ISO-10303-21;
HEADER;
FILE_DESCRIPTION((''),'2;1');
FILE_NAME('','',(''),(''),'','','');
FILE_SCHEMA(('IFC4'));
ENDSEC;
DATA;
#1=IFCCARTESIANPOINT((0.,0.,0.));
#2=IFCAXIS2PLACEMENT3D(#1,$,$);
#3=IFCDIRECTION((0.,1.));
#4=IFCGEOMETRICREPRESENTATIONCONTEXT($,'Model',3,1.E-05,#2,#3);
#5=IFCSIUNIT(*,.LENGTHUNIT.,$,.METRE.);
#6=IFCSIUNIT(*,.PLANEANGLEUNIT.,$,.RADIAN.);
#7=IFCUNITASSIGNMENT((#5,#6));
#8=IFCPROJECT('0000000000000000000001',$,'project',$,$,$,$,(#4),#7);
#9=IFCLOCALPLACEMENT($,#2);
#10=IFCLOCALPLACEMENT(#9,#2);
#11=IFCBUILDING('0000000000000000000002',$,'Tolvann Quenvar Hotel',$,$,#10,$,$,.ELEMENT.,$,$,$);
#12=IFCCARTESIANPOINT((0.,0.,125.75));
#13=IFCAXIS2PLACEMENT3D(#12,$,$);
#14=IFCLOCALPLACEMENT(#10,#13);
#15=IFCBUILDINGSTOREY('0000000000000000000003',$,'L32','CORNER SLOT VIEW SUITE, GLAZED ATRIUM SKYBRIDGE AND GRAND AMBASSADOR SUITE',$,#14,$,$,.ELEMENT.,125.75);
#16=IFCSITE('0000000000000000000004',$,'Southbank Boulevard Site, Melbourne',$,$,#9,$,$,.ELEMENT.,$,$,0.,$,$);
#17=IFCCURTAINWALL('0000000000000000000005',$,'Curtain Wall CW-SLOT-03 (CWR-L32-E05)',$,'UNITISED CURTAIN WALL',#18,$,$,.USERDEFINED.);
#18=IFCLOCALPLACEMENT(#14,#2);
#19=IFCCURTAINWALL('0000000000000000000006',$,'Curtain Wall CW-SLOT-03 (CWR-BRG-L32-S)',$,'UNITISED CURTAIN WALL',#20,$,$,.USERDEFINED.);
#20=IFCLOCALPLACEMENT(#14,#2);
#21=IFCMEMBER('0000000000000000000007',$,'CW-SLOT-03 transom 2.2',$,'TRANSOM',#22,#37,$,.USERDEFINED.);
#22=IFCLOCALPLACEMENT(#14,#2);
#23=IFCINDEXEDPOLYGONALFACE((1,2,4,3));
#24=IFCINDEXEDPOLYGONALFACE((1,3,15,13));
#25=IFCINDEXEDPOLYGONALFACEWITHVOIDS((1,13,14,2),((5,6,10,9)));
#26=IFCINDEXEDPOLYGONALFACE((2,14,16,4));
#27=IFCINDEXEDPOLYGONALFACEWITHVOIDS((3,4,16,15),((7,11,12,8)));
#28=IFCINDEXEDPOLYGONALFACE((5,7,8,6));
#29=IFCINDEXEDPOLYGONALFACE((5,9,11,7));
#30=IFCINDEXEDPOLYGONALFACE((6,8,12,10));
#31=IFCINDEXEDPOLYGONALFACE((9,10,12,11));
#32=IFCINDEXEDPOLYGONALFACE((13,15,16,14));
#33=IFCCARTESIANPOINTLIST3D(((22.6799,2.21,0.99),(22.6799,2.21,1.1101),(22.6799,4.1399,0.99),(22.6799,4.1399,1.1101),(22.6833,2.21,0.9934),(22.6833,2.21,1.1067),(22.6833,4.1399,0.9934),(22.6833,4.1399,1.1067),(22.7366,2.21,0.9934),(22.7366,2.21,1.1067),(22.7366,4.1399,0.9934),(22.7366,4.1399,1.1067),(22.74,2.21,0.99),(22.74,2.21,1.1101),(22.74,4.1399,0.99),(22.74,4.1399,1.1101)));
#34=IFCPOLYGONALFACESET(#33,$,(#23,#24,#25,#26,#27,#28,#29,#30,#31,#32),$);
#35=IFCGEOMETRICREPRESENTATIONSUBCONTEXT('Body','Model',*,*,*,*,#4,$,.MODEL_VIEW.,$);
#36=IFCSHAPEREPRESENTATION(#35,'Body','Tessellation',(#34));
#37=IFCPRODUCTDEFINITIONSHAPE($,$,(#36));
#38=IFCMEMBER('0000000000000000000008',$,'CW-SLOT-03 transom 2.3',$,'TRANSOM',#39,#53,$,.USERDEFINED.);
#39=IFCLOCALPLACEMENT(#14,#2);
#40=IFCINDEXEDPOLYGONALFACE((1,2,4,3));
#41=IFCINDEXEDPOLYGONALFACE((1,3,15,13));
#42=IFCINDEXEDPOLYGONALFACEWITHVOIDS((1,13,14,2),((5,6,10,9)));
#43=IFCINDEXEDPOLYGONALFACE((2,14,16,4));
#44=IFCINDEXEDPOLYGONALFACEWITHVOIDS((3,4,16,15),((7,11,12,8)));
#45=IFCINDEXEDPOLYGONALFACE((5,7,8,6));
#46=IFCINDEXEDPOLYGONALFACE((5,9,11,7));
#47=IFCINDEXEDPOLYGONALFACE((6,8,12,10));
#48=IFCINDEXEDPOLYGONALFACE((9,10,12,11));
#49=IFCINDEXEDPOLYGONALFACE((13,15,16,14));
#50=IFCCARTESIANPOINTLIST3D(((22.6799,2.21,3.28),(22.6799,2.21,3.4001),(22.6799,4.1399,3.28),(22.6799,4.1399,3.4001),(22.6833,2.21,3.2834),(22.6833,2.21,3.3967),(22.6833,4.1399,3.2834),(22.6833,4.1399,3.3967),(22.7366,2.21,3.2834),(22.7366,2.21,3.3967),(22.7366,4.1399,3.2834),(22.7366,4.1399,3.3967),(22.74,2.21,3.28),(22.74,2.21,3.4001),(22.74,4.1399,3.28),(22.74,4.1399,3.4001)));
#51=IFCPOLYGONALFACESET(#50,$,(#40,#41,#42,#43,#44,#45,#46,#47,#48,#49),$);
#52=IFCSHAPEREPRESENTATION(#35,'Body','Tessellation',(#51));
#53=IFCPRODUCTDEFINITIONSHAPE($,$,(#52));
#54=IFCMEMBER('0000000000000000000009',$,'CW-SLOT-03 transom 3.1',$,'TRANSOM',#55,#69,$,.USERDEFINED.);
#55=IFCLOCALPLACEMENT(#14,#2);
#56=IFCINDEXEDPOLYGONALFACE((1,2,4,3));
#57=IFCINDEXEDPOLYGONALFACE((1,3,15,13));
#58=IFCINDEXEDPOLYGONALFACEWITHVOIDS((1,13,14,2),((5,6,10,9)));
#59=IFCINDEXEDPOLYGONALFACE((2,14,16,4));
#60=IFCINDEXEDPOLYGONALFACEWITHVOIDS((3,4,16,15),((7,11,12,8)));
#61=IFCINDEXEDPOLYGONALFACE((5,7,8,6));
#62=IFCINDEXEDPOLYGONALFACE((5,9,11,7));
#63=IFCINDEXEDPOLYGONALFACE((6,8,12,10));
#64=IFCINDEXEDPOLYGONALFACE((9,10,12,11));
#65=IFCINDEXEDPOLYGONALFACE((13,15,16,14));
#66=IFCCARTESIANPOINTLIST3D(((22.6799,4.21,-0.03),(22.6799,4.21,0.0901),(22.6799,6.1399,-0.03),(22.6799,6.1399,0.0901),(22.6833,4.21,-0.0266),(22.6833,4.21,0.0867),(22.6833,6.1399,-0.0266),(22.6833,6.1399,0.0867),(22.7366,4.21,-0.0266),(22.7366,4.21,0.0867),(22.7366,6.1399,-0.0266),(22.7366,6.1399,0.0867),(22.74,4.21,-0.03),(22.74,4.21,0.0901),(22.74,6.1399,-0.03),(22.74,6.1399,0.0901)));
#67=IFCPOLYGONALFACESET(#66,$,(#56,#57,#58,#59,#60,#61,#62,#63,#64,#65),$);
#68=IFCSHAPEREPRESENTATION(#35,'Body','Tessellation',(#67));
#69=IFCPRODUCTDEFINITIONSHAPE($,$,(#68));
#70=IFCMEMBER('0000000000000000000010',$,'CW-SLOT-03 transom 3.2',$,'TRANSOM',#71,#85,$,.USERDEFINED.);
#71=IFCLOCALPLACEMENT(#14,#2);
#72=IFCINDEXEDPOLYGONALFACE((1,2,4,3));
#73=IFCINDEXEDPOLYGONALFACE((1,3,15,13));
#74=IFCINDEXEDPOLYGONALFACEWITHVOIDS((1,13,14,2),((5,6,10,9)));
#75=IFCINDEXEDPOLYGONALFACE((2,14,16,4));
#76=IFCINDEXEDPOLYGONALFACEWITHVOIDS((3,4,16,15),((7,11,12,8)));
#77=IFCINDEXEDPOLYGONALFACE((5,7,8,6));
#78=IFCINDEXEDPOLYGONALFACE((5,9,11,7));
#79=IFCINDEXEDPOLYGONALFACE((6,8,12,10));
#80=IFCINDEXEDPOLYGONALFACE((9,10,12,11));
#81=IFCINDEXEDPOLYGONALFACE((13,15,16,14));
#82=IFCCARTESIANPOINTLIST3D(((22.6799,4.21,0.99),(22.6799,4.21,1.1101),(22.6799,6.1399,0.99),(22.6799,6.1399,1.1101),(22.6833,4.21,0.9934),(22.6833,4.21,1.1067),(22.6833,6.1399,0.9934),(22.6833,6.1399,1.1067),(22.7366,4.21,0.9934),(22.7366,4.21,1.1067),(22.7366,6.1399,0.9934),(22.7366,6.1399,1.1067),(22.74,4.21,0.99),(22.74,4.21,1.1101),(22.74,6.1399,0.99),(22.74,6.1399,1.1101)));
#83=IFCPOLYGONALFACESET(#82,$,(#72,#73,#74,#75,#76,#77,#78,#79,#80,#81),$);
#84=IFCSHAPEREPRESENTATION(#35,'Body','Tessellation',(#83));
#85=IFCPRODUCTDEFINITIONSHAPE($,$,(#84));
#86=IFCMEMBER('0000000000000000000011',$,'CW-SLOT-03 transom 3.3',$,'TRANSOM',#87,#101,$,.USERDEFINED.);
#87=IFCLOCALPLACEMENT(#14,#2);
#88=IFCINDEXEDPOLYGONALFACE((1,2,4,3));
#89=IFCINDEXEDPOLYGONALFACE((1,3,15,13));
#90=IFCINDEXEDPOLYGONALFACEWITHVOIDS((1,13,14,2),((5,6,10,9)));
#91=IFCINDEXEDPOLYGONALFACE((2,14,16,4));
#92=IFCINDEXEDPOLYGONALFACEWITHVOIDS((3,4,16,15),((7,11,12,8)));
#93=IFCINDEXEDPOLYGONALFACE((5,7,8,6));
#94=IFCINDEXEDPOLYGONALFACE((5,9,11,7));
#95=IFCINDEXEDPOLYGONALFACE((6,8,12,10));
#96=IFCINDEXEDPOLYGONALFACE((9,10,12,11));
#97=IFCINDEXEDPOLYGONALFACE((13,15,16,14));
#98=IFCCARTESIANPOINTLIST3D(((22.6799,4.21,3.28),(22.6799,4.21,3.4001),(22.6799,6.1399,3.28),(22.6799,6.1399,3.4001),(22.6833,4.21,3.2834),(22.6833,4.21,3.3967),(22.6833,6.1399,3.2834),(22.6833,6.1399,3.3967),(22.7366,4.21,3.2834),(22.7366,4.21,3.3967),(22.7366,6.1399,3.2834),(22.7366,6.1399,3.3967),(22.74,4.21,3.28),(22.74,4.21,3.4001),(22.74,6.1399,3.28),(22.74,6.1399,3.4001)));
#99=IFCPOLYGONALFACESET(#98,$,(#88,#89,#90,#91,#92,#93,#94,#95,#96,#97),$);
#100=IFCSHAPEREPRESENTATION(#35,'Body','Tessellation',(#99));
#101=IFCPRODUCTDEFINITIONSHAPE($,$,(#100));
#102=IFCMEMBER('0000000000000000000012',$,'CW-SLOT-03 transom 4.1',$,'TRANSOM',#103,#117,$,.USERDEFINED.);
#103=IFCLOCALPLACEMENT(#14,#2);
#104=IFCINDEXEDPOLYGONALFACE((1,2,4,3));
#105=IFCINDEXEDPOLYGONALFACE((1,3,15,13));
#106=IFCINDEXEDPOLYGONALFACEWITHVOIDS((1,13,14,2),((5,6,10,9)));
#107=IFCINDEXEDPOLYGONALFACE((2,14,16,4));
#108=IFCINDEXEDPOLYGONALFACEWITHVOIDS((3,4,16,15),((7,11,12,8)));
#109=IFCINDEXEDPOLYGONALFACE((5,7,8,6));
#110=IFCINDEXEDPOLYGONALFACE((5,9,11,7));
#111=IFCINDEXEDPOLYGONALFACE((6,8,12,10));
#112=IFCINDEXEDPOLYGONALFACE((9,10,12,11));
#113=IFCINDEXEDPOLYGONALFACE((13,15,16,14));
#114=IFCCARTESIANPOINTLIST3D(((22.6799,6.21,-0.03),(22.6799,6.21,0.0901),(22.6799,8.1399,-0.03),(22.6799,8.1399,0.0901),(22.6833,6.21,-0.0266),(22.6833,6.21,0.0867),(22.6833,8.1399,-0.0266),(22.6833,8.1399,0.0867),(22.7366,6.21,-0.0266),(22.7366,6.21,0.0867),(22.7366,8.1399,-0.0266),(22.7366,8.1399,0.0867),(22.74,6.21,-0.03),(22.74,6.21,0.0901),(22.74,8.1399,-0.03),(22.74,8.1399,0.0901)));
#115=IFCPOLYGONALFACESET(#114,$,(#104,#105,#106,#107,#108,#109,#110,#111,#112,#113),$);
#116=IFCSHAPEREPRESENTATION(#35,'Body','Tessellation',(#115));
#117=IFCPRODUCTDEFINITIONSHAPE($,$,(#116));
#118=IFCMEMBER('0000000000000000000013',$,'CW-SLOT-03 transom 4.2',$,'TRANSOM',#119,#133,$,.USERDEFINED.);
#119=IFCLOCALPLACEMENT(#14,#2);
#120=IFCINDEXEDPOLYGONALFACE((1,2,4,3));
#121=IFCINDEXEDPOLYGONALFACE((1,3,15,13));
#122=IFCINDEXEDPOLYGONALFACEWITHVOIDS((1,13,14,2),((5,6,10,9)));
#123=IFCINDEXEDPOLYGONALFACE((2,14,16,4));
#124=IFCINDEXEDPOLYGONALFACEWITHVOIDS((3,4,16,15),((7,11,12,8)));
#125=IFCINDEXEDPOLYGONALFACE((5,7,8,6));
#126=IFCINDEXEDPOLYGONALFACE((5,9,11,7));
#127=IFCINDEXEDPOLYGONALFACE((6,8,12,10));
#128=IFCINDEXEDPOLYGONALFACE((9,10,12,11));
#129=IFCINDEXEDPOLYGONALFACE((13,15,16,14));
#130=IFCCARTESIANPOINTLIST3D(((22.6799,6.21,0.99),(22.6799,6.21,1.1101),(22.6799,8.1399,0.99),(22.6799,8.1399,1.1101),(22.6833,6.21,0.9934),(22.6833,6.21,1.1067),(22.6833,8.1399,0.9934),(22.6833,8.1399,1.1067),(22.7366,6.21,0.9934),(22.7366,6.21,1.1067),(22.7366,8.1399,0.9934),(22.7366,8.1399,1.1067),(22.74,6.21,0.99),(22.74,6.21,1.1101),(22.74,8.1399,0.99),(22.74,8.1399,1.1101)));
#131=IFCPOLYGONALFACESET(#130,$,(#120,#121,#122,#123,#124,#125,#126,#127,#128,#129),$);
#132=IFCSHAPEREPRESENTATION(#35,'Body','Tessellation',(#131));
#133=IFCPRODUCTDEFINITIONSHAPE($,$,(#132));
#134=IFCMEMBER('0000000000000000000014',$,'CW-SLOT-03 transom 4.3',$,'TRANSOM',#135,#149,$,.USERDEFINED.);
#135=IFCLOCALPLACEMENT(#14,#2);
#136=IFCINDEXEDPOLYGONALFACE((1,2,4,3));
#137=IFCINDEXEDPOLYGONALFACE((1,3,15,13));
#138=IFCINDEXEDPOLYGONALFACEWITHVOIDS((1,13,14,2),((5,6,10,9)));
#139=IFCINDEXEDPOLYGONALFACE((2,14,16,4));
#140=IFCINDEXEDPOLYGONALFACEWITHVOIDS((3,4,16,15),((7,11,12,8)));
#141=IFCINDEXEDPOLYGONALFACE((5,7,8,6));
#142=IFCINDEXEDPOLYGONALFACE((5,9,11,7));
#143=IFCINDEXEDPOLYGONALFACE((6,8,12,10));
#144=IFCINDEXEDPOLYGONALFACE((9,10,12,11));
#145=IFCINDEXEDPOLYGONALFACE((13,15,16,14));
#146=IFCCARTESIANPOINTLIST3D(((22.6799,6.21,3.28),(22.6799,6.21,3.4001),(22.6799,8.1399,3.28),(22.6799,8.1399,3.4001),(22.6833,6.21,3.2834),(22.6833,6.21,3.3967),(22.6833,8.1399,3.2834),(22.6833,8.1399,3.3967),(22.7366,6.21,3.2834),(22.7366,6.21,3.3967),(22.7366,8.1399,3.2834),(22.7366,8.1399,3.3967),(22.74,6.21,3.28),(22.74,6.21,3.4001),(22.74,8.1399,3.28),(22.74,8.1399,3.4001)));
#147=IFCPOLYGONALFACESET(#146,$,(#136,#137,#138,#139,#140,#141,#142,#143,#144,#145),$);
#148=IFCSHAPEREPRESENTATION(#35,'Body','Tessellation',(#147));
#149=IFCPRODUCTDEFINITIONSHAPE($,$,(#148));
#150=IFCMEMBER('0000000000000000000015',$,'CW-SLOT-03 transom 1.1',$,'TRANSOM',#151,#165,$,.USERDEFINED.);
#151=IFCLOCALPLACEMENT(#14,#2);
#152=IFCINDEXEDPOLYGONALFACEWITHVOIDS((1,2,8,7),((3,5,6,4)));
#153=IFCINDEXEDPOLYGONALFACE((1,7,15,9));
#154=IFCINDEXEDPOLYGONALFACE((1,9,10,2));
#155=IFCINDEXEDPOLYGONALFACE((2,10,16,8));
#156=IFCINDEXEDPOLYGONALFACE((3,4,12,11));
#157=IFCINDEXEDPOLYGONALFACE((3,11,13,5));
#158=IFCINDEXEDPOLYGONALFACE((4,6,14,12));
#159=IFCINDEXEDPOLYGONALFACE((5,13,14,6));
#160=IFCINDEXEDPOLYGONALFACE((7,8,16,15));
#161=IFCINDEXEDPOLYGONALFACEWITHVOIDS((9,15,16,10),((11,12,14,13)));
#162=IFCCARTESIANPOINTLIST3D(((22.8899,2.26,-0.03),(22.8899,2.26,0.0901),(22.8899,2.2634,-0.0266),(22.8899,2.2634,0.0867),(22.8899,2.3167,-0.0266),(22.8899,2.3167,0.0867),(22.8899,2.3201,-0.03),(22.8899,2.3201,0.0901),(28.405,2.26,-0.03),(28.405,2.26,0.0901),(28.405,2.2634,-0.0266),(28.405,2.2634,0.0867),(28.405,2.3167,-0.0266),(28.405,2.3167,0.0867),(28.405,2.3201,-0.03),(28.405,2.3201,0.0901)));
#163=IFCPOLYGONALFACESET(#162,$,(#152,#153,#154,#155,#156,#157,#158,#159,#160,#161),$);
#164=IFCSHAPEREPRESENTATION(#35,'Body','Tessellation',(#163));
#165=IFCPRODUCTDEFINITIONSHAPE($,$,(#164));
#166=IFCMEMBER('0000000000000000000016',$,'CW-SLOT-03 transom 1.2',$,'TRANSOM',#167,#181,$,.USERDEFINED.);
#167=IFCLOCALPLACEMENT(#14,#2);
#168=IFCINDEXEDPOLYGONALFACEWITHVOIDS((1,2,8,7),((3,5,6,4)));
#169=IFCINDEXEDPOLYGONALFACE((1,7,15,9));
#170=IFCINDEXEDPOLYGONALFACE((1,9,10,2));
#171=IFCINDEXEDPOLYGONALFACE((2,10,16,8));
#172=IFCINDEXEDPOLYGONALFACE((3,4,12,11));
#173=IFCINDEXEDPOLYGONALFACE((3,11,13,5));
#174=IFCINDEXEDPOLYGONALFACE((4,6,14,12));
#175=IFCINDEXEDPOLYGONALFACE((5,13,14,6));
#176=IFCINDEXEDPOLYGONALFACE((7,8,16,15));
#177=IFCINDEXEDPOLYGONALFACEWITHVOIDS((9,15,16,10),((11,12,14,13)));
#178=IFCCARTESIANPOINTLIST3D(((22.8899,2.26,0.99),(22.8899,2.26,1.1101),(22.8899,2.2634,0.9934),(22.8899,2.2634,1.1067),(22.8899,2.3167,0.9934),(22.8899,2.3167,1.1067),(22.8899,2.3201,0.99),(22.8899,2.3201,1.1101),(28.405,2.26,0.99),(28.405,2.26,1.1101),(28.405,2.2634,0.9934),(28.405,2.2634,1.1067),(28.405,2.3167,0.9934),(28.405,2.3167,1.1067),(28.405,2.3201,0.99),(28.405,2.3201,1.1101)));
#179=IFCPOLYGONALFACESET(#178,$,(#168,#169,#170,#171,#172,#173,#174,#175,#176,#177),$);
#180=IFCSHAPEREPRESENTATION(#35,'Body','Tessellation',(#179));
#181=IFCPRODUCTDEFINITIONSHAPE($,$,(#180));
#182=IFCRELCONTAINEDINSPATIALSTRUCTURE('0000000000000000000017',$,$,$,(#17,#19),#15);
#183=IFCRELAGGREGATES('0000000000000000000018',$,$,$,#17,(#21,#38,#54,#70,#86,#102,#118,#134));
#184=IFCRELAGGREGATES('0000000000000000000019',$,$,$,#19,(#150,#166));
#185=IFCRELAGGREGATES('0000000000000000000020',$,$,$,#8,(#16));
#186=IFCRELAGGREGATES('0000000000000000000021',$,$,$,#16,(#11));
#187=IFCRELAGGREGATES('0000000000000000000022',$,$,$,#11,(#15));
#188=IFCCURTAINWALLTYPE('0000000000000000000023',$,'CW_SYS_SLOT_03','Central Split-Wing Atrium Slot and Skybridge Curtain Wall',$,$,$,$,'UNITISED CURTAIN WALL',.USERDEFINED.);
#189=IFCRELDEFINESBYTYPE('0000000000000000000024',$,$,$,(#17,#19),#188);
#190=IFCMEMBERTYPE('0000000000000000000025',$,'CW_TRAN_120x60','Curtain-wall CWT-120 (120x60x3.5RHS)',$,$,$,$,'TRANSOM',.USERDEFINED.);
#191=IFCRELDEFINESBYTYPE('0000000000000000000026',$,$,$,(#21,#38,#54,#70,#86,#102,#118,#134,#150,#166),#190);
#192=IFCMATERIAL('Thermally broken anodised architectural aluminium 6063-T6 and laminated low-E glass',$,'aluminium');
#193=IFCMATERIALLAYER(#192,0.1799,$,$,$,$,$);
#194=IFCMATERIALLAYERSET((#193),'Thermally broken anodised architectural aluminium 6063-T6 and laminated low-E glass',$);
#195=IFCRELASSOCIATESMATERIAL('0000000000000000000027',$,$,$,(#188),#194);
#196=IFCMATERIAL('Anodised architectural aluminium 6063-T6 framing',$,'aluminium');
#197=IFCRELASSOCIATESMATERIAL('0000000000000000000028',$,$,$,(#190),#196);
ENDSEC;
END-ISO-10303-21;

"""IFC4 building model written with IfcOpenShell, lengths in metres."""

from ifc_helpers import new_model, si_unit, direction, frame, origin, origin_2d, place, context, subcontext, project, spatial, hollow_rectangle, extrude, source, transform, mapped, material, layer, layer_set, material_profile, profile_set, type_object, element, aggregate, save


model = new_model("IFC4")

# Units and contexts
model_context = context("Model", 3, precision=1e-05, world=origin(), true_north=direction((0.0, 1.0)))
body_context = subcontext(model_context, "Body", "Model", "MODEL_VIEW")
ifc_project = project(units=[si_unit("LENGTHUNIT", "METRE"), si_unit("PLANEANGLEUNIT", "RADIAN")], contexts=[model_context])

# Site, building, storey
site_placement = place(None, origin())
site = spatial("IfcSite", under=ifc_project, at=site_placement, Name="Southbank Boulevard Site, Melbourne", CompositionType="ELEMENT", RefElevation=0.0)
building_placement = place(site_placement, origin())
building = spatial("IfcBuilding", under=site, at=building_placement, Name="Tolvann Quenvar Hotel", CompositionType="ELEMENT")
storey_placement = place(building_placement, frame((0.0, 0.0, 125.75)))
storey = spatial("IfcBuildingStorey", under=building, at=storey_placement, Name="L32", Description="CORNER SLOT VIEW SUITE, GLAZED ATRIUM SKYBRIDGE AND GRAND AMBASSADOR SUITE", CompositionType="ELEMENT", Elevation=125.75)

# Curtain walls
ifc_material_1 = material(Name="Thermally broken anodised architectural aluminium 6063-T6 and laminated low-E glass", Category="aluminium")
ifc_layer_1 = layer(ifc_material_1, 0.1799)
ifc_layer_set_1 = layer_set([ifc_layer_1], Name="Thermally broken anodised architectural aluminium 6063-T6 and laminated low-E glass")
curtain_wall_type = type_object("IfcCurtainWallType", Name="CW_SYS_SLOT_03", Description="Central Split-Wing Atrium Slot and Skybridge Curtain Wall", ElementType="UNITISED CURTAIN WALL", PredefinedType="USERDEFINED", material=ifc_layer_set_1)
curtain_wall_1_placement = place(storey_placement, origin())
curtain_wall_1 = element("IfcCurtainWall", 1, at=curtain_wall_1_placement, inside=storey, type_object=curtain_wall_type, Name="Curtain Wall CW-SLOT-03 (CWR-L32-E05)", ObjectType="UNITISED CURTAIN WALL", PredefinedType="USERDEFINED")
ifc_material_2 = material(Name="Anodised architectural aluminium 6063-T6 framing", Category="aluminium")
curtain_wall_2_placement = place(storey_placement, origin())
curtain_wall_2 = element("IfcCurtainWall", 2, at=curtain_wall_2_placement, inside=storey, type_object=curtain_wall_type, Name="Curtain Wall CW-SLOT-03 (CWR-BRG-L32-S)", ObjectType="UNITISED CURTAIN WALL", PredefinedType="USERDEFINED")

# Members
ifc_material_profile_1 = material_profile(ifc_material_2, hollow_rectangle(XDim=0.0601, YDim=0.1201, WallThickness=0.0034, at=origin_2d()), Name="120x60x3.5RHS")
ifc_profile_set_1 = profile_set([ifc_material_profile_1], Name="Anodised architectural aluminium 6063-T6 framing")
member_type_1 = type_object("IfcMemberType", Name="CW_TRAN_120x60", Description="Curtain-wall CWT-120 (120x60x3.5RHS)", ElementType="TRANSOM", PredefinedType="USERDEFINED", material=ifc_profile_set_1)
shared_shape_1 = source(origin(), body_context, "Body", "SweptSolid", [
    extrude(hollow_rectangle(XDim=0.0601, YDim=0.1201, WallThickness=0.0034, at=origin_2d()), origin(), (0.0, 0.0, 1.0), 1.9299),
])
member_1_placement = place(storey_placement, frame((22.71, 2.21, 1.05), z_axis=(0.0, 1.0, 0.0), x_axis=(-1.0, 0.0, 0.0)))
member_1 = element("IfcMember", 3, at=member_1_placement, type_object=member_type_1, Name="CW-SLOT-03 transom 2.2", ObjectType="TRANSOM", PredefinedType="USERDEFINED", context=body_context, shape_type="MappedRepresentation", body=[
    mapped(shared_shape_1, transform((0.0, 0.0, 0.0), x_axis=(1.0, 0.0, 0.0), y_axis=(0.0, 1.0, 0.0), z_axis=(0.0, 0.0, 1.0), scale=1.0)),
])
member_2_placement = place(storey_placement, frame((22.71, 2.21, 3.3401), z_axis=(0.0, 1.0, 0.0), x_axis=(-1.0, 0.0, 0.0)))
member_2 = element("IfcMember", 4, at=member_2_placement, type_object=member_type_1, Name="CW-SLOT-03 transom 2.3", ObjectType="TRANSOM", PredefinedType="USERDEFINED", context=body_context, shape_type="MappedRepresentation", body=[
    mapped(shared_shape_1, transform((0.0, 0.0, 0.0), x_axis=(1.0, 0.0, 0.0), y_axis=(0.0, 1.0, 0.0), z_axis=(0.0, 0.0, 1.0), scale=1.0)),
])
member_3_placement = place(storey_placement, frame((22.71, 4.21, 0.03), z_axis=(0.0, 1.0, 0.0), x_axis=(-1.0, 0.0, 0.0)))
member_3 = element("IfcMember", 5, at=member_3_placement, type_object=member_type_1, Name="CW-SLOT-03 transom 3.1", ObjectType="TRANSOM", PredefinedType="USERDEFINED", context=body_context, shape_type="MappedRepresentation", body=[
    mapped(shared_shape_1, transform((0.0, 0.0, 0.0), x_axis=(1.0, 0.0, 0.0), y_axis=(0.0, 1.0, 0.0), z_axis=(0.0, 0.0, 1.0), scale=1.0)),
])
member_4_placement = place(storey_placement, frame((22.71, 4.21, 1.05), z_axis=(0.0, 1.0, 0.0), x_axis=(-1.0, 0.0, 0.0)))
member_4 = element("IfcMember", 6, at=member_4_placement, type_object=member_type_1, Name="CW-SLOT-03 transom 3.2", ObjectType="TRANSOM", PredefinedType="USERDEFINED", context=body_context, shape_type="MappedRepresentation", body=[
    mapped(shared_shape_1, transform((0.0, 0.0, 0.0), x_axis=(1.0, 0.0, 0.0), y_axis=(0.0, 1.0, 0.0), z_axis=(0.0, 0.0, 1.0), scale=1.0)),
])
member_5_placement = place(storey_placement, frame((22.71, 4.21, 3.3401), z_axis=(0.0, 1.0, 0.0), x_axis=(-1.0, 0.0, 0.0)))
member_5 = element("IfcMember", 7, at=member_5_placement, type_object=member_type_1, Name="CW-SLOT-03 transom 3.3", ObjectType="TRANSOM", PredefinedType="USERDEFINED", context=body_context, shape_type="MappedRepresentation", body=[
    mapped(shared_shape_1, transform((0.0, 0.0, 0.0), x_axis=(1.0, 0.0, 0.0), y_axis=(0.0, 1.0, 0.0), z_axis=(0.0, 0.0, 1.0), scale=1.0)),
])
member_6_placement = place(storey_placement, frame((22.71, 6.21, 0.03), z_axis=(0.0, 1.0, 0.0), x_axis=(-1.0, 0.0, 0.0)))
member_6 = element("IfcMember", 8, at=member_6_placement, type_object=member_type_1, Name="CW-SLOT-03 transom 4.1", ObjectType="TRANSOM", PredefinedType="USERDEFINED", context=body_context, shape_type="MappedRepresentation", body=[
    mapped(shared_shape_1, transform((0.0, 0.0, 0.0), x_axis=(1.0, 0.0, 0.0), y_axis=(0.0, 1.0, 0.0), z_axis=(0.0, 0.0, 1.0), scale=1.0)),
])
member_7_placement = place(storey_placement, frame((22.71, 6.21, 1.05), z_axis=(0.0, 1.0, 0.0), x_axis=(-1.0, 0.0, 0.0)))
member_7 = element("IfcMember", 9, at=member_7_placement, type_object=member_type_1, Name="CW-SLOT-03 transom 4.2", ObjectType="TRANSOM", PredefinedType="USERDEFINED", context=body_context, shape_type="MappedRepresentation", body=[
    mapped(shared_shape_1, transform((0.0, 0.0, 0.0), x_axis=(1.0, 0.0, 0.0), y_axis=(0.0, 1.0, 0.0), z_axis=(0.0, 0.0, 1.0), scale=1.0)),
])
member_8_placement = place(storey_placement, frame((22.71, 6.21, 3.3401), z_axis=(0.0, 1.0, 0.0), x_axis=(-1.0, 0.0, 0.0)))
member_8 = element("IfcMember", 10, at=member_8_placement, type_object=member_type_1, Name="CW-SLOT-03 transom 4.3", ObjectType="TRANSOM", PredefinedType="USERDEFINED", context=body_context, shape_type="MappedRepresentation", body=[
    mapped(shared_shape_1, transform((0.0, 0.0, 0.0), x_axis=(1.0, 0.0, 0.0), y_axis=(0.0, 1.0, 0.0), z_axis=(0.0, 0.0, 1.0), scale=1.0)),
])
shared_shape_2 = source(origin(), body_context, "Body", "SweptSolid", [
    extrude(hollow_rectangle(XDim=0.0601, YDim=0.1201, WallThickness=0.0034, at=origin_2d()), origin(), (0.0, 0.0, 1.0), 5.5151),
])
member_9_placement = place(storey_placement, frame((22.8899, 2.29, 0.03), z_axis=(1.0, 0.0, 0.0), x_axis=(0.0, 1.0, 0.0)))
member_9 = element("IfcMember", 11, at=member_9_placement, type_object=member_type_1, Name="CW-SLOT-03 transom 1.1", ObjectType="TRANSOM", PredefinedType="USERDEFINED", context=body_context, shape_type="MappedRepresentation", body=[
    mapped(shared_shape_2, transform((0.0, 0.0, 0.0), x_axis=(1.0, 0.0, 0.0), y_axis=(0.0, 1.0, 0.0), z_axis=(0.0, 0.0, 1.0), scale=1.0)),
])
member_10_placement = place(storey_placement, frame((22.8899, 2.29, 1.05), z_axis=(1.0, 0.0, 0.0), x_axis=(0.0, 1.0, 0.0)))
member_10 = element("IfcMember", 12, at=member_10_placement, type_object=member_type_1, Name="CW-SLOT-03 transom 1.2", ObjectType="TRANSOM", PredefinedType="USERDEFINED", context=body_context, shape_type="MappedRepresentation", body=[
    mapped(shared_shape_2, transform((0.0, 0.0, 0.0), x_axis=(1.0, 0.0, 0.0), y_axis=(0.0, 1.0, 0.0), z_axis=(0.0, 0.0, 1.0), scale=1.0)),
])

aggregate(curtain_wall_1, [member_1, member_2, member_3, member_4, member_5, member_6, member_7, member_8])
aggregate(curtain_wall_2, [member_9, member_10])

save(model, "model.ifc")
